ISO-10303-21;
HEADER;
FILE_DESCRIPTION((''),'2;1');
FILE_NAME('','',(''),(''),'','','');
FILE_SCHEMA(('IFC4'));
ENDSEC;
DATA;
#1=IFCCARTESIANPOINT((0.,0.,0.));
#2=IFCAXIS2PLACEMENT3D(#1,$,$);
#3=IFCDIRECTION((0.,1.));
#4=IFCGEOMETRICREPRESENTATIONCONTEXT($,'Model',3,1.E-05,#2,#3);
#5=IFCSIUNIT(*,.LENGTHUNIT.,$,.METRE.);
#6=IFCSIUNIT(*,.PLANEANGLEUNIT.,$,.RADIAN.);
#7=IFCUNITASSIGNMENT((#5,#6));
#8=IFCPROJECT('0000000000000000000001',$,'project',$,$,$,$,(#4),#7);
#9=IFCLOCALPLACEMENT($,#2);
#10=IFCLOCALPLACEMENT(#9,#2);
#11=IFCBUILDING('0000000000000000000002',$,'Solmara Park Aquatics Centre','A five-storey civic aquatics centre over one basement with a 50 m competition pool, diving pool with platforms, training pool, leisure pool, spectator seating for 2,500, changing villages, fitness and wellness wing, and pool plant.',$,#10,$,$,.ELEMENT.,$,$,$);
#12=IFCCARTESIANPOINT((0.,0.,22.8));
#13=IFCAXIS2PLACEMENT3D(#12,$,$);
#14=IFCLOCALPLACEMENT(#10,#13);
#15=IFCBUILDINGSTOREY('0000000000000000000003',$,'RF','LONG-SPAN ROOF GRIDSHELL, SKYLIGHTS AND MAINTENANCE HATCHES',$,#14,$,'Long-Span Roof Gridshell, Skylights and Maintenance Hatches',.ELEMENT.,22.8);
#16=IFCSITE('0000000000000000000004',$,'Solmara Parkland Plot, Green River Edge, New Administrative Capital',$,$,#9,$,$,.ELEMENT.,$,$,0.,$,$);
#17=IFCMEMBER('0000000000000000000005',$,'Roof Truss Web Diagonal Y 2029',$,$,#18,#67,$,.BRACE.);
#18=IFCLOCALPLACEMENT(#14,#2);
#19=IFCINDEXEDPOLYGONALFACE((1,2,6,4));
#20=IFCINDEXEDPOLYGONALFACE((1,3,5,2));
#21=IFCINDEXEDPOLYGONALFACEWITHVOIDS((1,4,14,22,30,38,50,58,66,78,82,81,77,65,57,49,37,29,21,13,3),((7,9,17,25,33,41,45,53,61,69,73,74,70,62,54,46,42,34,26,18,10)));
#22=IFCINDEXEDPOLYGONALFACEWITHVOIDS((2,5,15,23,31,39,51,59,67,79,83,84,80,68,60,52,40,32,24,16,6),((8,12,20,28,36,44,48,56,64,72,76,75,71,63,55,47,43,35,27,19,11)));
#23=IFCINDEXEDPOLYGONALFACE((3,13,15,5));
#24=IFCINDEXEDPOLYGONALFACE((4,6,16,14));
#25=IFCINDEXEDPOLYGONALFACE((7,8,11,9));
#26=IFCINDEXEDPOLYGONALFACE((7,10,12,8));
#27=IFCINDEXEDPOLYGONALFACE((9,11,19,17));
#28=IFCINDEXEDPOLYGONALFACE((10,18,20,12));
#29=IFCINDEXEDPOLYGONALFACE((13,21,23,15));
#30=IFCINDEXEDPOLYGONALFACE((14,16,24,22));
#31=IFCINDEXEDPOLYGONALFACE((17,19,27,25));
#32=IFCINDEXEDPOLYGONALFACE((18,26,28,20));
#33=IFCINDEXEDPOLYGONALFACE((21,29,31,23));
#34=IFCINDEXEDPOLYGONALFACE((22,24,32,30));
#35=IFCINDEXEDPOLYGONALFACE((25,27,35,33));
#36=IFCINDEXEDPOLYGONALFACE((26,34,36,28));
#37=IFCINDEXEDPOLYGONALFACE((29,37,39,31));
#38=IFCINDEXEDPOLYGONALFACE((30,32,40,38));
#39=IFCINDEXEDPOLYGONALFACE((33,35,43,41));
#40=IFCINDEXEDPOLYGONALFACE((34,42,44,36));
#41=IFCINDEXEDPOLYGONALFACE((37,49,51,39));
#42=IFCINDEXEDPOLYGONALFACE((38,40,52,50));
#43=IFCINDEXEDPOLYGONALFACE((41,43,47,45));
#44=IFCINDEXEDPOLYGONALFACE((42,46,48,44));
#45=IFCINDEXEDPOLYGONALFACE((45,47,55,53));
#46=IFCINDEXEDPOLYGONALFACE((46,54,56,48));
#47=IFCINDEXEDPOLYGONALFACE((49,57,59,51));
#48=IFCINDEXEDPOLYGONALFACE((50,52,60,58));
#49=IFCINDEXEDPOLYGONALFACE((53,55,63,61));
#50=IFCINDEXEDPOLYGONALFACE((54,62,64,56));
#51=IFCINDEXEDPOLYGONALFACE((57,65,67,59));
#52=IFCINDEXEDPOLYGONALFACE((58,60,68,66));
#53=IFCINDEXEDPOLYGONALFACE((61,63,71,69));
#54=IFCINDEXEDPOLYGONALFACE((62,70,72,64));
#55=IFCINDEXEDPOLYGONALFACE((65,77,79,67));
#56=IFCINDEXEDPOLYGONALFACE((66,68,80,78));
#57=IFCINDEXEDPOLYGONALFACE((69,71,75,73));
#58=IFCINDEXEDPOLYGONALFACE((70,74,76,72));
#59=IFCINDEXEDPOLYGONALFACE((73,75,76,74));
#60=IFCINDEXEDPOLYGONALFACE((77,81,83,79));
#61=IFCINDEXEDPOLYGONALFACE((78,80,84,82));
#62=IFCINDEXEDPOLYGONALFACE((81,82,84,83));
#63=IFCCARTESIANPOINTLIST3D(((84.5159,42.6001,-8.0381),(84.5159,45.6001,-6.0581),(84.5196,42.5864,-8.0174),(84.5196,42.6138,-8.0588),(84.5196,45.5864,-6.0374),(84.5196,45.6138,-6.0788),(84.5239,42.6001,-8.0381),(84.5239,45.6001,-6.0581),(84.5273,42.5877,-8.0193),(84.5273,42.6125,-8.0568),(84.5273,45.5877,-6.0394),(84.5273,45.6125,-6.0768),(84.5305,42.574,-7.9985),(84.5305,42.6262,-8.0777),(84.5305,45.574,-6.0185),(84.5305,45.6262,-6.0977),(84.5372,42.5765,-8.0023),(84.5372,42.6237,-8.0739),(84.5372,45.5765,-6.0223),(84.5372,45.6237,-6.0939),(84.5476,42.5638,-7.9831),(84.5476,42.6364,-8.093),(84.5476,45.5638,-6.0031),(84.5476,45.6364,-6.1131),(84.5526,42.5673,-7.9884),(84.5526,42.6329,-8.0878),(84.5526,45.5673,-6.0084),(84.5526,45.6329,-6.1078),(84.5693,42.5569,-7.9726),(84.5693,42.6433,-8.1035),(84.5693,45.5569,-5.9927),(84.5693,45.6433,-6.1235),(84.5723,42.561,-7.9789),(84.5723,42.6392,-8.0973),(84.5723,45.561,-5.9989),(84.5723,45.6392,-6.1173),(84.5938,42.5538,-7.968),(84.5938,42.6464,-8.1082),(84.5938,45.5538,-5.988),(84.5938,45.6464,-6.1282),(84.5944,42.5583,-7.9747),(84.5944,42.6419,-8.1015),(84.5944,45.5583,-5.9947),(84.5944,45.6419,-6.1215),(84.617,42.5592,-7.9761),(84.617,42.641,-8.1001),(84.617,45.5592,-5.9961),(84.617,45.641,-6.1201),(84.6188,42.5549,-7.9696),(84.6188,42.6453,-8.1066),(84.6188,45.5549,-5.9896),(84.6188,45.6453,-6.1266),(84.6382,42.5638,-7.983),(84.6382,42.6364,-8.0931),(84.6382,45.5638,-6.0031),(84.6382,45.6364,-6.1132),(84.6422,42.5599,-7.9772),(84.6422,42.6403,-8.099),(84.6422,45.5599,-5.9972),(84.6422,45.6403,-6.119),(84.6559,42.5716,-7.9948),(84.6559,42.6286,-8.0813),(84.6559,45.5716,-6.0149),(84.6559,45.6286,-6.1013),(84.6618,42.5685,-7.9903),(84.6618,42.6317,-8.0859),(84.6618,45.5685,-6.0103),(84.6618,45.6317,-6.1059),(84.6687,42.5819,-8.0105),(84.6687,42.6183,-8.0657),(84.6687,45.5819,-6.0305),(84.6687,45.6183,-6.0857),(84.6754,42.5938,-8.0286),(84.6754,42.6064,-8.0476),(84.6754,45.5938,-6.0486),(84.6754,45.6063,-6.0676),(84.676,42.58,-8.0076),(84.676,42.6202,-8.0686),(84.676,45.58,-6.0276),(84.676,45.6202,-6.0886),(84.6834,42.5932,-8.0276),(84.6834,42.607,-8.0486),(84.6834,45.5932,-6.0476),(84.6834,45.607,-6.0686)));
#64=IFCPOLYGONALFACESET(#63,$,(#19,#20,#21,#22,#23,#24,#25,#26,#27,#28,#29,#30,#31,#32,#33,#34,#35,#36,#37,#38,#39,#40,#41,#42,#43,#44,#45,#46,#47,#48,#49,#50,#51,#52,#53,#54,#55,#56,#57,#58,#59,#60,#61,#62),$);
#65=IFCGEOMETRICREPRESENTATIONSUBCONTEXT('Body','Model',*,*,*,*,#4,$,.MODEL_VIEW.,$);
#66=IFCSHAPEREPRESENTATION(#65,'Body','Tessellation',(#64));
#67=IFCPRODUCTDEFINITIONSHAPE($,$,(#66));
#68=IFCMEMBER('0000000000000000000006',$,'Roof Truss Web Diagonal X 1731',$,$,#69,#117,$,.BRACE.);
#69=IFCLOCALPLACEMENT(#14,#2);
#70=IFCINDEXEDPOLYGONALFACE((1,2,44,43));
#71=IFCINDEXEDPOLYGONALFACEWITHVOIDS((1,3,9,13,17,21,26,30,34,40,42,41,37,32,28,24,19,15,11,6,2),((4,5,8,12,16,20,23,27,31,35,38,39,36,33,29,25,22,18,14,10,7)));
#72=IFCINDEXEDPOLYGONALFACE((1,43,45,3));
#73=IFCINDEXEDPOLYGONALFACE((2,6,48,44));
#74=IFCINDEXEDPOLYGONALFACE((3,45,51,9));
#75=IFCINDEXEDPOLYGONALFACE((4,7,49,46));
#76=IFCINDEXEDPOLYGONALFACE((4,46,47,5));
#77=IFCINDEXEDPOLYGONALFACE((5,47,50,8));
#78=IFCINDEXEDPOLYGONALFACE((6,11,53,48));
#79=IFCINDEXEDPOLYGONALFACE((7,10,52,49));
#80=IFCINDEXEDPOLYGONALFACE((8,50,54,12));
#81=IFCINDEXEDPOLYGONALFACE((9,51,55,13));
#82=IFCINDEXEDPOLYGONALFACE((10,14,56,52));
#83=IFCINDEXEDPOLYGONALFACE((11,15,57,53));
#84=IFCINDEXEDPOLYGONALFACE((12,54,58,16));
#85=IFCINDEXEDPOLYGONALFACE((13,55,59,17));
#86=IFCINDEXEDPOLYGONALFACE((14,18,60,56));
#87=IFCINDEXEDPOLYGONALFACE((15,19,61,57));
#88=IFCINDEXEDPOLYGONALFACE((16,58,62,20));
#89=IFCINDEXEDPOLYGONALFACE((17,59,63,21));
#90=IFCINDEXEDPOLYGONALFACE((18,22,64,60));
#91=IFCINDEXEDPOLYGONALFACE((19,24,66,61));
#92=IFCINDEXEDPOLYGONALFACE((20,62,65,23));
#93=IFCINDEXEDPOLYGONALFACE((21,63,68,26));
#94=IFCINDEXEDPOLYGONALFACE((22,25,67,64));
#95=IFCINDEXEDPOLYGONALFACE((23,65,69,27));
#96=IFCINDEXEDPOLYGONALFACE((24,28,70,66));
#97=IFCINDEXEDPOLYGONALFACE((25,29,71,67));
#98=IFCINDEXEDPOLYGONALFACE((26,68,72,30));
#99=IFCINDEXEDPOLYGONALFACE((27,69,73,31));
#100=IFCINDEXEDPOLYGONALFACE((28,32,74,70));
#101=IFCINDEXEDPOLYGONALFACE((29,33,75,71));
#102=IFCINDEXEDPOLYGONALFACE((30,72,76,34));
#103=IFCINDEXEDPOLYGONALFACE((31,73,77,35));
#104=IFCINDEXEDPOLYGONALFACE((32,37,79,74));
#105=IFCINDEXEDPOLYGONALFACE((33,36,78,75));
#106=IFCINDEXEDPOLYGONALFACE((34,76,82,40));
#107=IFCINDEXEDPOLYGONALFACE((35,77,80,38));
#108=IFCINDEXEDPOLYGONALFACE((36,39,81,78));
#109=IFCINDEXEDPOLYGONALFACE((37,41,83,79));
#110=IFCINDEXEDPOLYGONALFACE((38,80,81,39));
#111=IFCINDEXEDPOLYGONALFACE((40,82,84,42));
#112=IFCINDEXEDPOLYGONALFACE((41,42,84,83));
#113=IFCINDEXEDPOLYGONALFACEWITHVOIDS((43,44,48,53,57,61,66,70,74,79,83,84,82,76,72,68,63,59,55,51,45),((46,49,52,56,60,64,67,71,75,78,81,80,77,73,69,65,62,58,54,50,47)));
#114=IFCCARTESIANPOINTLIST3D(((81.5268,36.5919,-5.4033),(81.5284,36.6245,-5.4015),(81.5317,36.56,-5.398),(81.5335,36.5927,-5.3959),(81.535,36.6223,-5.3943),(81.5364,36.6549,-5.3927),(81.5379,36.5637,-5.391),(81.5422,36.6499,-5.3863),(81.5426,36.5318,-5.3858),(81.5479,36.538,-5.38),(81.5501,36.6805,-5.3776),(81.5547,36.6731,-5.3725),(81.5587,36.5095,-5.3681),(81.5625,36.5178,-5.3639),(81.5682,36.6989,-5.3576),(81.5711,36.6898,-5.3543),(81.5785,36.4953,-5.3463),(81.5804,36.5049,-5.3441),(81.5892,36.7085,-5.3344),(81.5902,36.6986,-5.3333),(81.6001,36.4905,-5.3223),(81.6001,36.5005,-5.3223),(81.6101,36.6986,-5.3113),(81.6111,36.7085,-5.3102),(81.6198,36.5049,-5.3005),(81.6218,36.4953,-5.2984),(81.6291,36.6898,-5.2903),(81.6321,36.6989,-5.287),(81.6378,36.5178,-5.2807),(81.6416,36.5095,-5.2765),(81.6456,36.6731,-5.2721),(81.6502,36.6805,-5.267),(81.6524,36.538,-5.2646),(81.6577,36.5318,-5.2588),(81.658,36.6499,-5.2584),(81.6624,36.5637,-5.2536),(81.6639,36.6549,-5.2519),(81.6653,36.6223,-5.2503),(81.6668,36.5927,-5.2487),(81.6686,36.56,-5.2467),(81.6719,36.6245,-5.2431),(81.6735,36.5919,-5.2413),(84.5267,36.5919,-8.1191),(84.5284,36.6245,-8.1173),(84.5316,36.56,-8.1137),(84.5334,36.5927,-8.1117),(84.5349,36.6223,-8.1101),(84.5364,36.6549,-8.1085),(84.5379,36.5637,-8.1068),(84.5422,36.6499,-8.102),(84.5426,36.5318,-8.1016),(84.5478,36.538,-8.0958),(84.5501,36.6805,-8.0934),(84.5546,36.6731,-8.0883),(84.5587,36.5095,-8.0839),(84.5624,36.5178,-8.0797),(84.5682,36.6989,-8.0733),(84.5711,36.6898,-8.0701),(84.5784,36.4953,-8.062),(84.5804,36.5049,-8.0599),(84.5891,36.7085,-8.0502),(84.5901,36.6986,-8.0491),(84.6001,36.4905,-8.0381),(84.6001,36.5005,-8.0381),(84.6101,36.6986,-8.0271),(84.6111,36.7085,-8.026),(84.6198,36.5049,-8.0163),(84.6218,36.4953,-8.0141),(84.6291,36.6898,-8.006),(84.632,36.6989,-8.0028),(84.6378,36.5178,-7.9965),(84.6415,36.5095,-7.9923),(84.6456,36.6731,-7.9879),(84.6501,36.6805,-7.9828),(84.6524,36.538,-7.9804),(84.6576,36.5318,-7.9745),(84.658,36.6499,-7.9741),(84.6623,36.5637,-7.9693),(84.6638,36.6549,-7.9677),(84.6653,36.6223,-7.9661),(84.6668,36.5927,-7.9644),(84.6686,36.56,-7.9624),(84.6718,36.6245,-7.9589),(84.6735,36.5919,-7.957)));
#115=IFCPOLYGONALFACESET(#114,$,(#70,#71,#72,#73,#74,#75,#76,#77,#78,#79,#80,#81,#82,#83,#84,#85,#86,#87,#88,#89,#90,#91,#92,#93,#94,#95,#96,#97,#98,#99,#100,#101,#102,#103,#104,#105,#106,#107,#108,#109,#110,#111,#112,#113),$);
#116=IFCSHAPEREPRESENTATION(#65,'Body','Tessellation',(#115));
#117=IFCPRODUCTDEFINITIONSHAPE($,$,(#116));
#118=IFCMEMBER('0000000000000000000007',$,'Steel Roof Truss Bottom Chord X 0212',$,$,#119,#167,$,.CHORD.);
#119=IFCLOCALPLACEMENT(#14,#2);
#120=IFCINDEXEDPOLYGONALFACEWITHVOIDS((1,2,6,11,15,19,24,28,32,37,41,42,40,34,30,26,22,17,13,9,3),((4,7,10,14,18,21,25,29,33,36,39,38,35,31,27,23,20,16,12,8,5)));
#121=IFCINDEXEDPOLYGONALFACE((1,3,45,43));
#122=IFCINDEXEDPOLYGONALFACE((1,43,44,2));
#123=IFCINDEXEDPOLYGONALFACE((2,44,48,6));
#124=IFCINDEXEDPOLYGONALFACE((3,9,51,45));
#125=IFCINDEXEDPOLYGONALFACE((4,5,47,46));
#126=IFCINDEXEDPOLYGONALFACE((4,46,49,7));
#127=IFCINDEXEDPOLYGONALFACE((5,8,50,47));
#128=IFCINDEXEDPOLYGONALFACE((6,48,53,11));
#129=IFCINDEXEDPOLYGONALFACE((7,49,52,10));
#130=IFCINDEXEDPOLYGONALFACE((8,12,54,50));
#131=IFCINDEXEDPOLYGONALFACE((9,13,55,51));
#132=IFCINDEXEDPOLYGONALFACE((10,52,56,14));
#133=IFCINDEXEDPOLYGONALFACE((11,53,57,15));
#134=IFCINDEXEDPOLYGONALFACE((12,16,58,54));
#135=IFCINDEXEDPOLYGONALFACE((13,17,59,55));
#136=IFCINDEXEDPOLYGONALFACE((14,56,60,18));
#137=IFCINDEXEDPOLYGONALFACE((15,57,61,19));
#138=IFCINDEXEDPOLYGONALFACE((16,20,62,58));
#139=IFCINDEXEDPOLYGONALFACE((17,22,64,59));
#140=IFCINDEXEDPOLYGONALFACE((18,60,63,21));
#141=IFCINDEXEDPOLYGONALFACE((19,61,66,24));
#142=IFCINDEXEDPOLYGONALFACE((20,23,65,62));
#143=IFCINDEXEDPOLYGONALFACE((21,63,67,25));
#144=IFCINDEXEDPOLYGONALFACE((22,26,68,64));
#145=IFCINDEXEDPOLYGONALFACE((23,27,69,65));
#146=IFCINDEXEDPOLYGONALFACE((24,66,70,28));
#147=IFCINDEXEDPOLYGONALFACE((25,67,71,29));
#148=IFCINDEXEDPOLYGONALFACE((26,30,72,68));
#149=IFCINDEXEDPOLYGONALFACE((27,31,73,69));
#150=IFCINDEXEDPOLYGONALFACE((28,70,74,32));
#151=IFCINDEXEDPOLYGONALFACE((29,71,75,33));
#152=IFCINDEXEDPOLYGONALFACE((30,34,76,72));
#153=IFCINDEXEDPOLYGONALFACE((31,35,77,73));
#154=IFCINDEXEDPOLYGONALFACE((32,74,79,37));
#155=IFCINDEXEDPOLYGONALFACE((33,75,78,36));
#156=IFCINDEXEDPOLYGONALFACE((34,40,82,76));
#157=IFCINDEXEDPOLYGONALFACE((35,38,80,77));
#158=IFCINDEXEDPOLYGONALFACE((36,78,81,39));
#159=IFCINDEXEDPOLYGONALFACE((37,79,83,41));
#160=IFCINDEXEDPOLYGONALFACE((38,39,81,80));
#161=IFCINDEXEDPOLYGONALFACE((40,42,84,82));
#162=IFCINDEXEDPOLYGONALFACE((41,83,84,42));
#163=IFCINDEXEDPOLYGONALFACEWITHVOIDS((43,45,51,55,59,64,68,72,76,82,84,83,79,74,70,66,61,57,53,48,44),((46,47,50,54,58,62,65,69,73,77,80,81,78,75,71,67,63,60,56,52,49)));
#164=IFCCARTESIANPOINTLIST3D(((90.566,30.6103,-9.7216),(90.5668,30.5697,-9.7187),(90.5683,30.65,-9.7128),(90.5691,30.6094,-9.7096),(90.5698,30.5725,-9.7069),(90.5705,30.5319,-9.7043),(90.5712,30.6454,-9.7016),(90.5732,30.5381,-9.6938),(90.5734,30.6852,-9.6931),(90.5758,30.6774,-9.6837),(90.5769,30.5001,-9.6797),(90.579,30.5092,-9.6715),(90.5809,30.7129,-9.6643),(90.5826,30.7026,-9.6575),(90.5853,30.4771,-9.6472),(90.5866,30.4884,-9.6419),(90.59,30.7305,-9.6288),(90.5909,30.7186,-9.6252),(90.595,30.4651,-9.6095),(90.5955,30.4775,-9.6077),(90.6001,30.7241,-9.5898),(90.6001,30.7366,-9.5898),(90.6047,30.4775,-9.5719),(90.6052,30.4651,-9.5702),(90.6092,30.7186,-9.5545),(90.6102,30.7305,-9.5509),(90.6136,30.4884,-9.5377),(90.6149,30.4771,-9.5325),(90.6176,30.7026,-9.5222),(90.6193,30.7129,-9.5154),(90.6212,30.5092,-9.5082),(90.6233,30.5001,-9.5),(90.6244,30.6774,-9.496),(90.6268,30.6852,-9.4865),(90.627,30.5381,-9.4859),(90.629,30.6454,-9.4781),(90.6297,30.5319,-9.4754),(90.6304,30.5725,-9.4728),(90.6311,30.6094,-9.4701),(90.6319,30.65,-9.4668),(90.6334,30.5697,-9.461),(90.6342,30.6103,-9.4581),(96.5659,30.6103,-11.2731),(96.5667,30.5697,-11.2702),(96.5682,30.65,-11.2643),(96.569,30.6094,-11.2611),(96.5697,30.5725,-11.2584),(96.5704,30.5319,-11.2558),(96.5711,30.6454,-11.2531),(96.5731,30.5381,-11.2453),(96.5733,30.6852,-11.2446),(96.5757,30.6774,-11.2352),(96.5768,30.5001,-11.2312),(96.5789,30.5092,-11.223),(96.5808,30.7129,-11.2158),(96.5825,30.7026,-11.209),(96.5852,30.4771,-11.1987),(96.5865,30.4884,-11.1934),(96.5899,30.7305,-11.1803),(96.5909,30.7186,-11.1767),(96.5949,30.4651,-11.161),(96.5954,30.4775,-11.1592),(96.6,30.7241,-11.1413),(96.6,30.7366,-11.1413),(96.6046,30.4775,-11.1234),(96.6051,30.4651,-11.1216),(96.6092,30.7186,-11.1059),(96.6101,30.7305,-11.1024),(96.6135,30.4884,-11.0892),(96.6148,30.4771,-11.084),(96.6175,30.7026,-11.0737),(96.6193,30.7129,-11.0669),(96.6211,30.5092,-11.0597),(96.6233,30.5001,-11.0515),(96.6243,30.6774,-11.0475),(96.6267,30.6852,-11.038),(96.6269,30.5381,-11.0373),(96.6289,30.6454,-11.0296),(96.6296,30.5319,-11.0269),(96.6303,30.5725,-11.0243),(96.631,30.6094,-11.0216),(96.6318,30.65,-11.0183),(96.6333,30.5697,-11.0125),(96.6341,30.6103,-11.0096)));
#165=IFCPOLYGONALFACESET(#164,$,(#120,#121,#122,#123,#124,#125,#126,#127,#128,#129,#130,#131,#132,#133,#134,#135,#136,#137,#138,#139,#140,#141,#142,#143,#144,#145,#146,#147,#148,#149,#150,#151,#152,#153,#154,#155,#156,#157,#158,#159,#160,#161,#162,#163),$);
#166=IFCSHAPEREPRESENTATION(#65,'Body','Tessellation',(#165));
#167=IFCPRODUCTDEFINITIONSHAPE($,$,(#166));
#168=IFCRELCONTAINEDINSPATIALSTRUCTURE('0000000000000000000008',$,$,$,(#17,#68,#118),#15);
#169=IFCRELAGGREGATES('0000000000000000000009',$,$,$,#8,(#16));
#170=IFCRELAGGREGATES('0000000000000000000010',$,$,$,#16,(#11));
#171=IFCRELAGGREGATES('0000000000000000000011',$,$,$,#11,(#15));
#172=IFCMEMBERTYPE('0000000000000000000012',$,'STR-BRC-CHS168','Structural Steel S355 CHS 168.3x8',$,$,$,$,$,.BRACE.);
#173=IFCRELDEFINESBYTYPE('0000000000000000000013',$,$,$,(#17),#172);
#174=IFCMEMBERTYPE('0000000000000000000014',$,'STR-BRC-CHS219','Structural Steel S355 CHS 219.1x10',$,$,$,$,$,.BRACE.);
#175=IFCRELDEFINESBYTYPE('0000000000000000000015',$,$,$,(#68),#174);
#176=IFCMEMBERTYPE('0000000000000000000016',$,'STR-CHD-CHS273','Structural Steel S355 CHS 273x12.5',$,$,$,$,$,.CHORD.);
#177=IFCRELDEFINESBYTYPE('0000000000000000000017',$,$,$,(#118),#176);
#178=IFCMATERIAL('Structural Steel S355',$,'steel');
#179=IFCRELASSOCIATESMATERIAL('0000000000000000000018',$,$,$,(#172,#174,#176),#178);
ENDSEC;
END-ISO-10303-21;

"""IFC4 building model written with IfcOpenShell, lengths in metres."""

from ifc_helpers import new_model, si_unit, direction, frame, origin, origin_2d, place, context, subcontext, project, spatial, hollow_circle, extrude, material, material_profile, profile_set, type_object, element, save


model = new_model("IFC4")

# Units and contexts
model_context = context("Model", 3, precision=1e-05, world=origin(), true_north=direction((0.0, 1.0)))
body_context = subcontext(model_context, "Body", "Model", "MODEL_VIEW")
ifc_project = project(units=[si_unit("LENGTHUNIT", "METRE"), si_unit("PLANEANGLEUNIT", "RADIAN")], contexts=[model_context])

# Site, building, storey
site_placement = place(None, origin())
site = spatial("IfcSite", under=ifc_project, at=site_placement, Name="Solmara Parkland Plot, Green River Edge, New Administrative Capital", CompositionType="ELEMENT", RefElevation=0.0)
building_placement = place(site_placement, origin())
building = spatial("IfcBuilding", under=site, at=building_placement, Name="Solmara Park Aquatics Centre", Description="A five-storey civic aquatics centre over one basement with a 50 m competition pool, diving pool with platforms, training pool, leisure pool, spectator seating for 2,500, changing villages, fitness and wellness wing, and pool plant.", CompositionType="ELEMENT")
storey_placement = place(building_placement, frame((0.0, 0.0, 22.8)))
storey = spatial("IfcBuildingStorey", under=building, at=storey_placement, Name="RF", Description="LONG-SPAN ROOF GRIDSHELL, SKYLIGHTS AND MAINTENANCE HATCHES", LongName="Long-Span Roof Gridshell, Skylights and Maintenance Hatches", CompositionType="ELEMENT", Elevation=22.8)

# Members
ifc_material_1 = material(Name="Structural Steel S355", Category="steel")
ifc_material_profile_1 = material_profile(ifc_material_1, hollow_circle(Radius=0.0842, WallThickness=0.0081, at=origin_2d()), Name="CHS 168.3x8")
ifc_profile_set_1 = profile_set([ifc_material_profile_1], Name="Structural Steel S355")
member_type_1 = type_object("IfcMemberType", Name="STR-BRC-CHS168", Description="Structural Steel S355 CHS 168.3x8", PredefinedType="BRACE", material=ifc_profile_set_1)
for number, where, z_axis, x_axis, name in (
    (1, (84.6001, 42.6001, -8.0381), (0.0, 0.834612, 0.550838), (-1.0, 0.0, 0.0), "Roof Truss Web Diagonal Y 2029"),
):
    element("IfcMember", number, at=place(storey_placement, frame(where, z_axis=z_axis, x_axis=x_axis)), inside=storey, type_object=member_type_1, Name=name, PredefinedType="BRACE", context=body_context, shape_type="SweptSolid", body=[
        extrude(hollow_circle(Radius=0.0842, WallThickness=0.0081, at=origin_2d()), origin(), (0.0, 0.0, 1.0), 3.5945),
    ])
ifc_material_profile_2 = material_profile(ifc_material_1, hollow_circle(Radius=0.1096, WallThickness=0.01, at=origin_2d()), Name="CHS 219.1x10")
ifc_profile_set_2 = profile_set([ifc_material_profile_2], Name="Structural Steel S355")
member_type_2 = type_object("IfcMemberType", Name="STR-BRC-CHS219", Description="Structural Steel S355 CHS 219.1x10", PredefinedType="BRACE", material=ifc_profile_set_2)
member_1_placement = place(storey_placement, frame((84.6001, 36.6001, -8.0381), z_axis=(-0.741347, 0.0, 0.671122), x_axis=(0.0, -1.0, 0.0)))
element("IfcMember", 2, at=member_1_placement, inside=storey, type_object=member_type_2, Name="Roof Truss Web Diagonal X 1731", PredefinedType="BRACE", context=body_context, shape_type="SweptSolid", body=[
    extrude(hollow_circle(Radius=0.1096, WallThickness=0.01, at=origin_2d()), origin(), (0.0, 0.0, 1.0), 4.0466),
])
ifc_material_profile_3 = material_profile(ifc_material_1, hollow_circle(Radius=0.1365, WallThickness=0.0125, at=origin_2d()), Name="CHS 273x12.5")
ifc_profile_set_3 = profile_set([ifc_material_profile_3], Name="Structural Steel S355")
member_type_3 = type_object("IfcMemberType", Name="STR-CHD-CHS273", Description="Structural Steel S355 CHS 273x12.5", PredefinedType="CHORD", material=ifc_profile_set_3)
member_2_placement = place(storey_placement, frame((90.6001, 30.6001, -9.5898), z_axis=(0.968155, 0.0, -0.250351), x_axis=(0.0, 1.0, 0.0)))
element("IfcMember", 3, at=member_2_placement, inside=storey, type_object=member_type_3, Name="Steel Roof Truss Bottom Chord X 0212", PredefinedType="CHORD", context=body_context, shape_type="SweptSolid", body=[
    extrude(hollow_circle(Radius=0.1365, WallThickness=0.0125, at=origin_2d()), origin(), (0.0, 0.0, 1.0), 6.1973),
])

save(model, "model.ifc")
